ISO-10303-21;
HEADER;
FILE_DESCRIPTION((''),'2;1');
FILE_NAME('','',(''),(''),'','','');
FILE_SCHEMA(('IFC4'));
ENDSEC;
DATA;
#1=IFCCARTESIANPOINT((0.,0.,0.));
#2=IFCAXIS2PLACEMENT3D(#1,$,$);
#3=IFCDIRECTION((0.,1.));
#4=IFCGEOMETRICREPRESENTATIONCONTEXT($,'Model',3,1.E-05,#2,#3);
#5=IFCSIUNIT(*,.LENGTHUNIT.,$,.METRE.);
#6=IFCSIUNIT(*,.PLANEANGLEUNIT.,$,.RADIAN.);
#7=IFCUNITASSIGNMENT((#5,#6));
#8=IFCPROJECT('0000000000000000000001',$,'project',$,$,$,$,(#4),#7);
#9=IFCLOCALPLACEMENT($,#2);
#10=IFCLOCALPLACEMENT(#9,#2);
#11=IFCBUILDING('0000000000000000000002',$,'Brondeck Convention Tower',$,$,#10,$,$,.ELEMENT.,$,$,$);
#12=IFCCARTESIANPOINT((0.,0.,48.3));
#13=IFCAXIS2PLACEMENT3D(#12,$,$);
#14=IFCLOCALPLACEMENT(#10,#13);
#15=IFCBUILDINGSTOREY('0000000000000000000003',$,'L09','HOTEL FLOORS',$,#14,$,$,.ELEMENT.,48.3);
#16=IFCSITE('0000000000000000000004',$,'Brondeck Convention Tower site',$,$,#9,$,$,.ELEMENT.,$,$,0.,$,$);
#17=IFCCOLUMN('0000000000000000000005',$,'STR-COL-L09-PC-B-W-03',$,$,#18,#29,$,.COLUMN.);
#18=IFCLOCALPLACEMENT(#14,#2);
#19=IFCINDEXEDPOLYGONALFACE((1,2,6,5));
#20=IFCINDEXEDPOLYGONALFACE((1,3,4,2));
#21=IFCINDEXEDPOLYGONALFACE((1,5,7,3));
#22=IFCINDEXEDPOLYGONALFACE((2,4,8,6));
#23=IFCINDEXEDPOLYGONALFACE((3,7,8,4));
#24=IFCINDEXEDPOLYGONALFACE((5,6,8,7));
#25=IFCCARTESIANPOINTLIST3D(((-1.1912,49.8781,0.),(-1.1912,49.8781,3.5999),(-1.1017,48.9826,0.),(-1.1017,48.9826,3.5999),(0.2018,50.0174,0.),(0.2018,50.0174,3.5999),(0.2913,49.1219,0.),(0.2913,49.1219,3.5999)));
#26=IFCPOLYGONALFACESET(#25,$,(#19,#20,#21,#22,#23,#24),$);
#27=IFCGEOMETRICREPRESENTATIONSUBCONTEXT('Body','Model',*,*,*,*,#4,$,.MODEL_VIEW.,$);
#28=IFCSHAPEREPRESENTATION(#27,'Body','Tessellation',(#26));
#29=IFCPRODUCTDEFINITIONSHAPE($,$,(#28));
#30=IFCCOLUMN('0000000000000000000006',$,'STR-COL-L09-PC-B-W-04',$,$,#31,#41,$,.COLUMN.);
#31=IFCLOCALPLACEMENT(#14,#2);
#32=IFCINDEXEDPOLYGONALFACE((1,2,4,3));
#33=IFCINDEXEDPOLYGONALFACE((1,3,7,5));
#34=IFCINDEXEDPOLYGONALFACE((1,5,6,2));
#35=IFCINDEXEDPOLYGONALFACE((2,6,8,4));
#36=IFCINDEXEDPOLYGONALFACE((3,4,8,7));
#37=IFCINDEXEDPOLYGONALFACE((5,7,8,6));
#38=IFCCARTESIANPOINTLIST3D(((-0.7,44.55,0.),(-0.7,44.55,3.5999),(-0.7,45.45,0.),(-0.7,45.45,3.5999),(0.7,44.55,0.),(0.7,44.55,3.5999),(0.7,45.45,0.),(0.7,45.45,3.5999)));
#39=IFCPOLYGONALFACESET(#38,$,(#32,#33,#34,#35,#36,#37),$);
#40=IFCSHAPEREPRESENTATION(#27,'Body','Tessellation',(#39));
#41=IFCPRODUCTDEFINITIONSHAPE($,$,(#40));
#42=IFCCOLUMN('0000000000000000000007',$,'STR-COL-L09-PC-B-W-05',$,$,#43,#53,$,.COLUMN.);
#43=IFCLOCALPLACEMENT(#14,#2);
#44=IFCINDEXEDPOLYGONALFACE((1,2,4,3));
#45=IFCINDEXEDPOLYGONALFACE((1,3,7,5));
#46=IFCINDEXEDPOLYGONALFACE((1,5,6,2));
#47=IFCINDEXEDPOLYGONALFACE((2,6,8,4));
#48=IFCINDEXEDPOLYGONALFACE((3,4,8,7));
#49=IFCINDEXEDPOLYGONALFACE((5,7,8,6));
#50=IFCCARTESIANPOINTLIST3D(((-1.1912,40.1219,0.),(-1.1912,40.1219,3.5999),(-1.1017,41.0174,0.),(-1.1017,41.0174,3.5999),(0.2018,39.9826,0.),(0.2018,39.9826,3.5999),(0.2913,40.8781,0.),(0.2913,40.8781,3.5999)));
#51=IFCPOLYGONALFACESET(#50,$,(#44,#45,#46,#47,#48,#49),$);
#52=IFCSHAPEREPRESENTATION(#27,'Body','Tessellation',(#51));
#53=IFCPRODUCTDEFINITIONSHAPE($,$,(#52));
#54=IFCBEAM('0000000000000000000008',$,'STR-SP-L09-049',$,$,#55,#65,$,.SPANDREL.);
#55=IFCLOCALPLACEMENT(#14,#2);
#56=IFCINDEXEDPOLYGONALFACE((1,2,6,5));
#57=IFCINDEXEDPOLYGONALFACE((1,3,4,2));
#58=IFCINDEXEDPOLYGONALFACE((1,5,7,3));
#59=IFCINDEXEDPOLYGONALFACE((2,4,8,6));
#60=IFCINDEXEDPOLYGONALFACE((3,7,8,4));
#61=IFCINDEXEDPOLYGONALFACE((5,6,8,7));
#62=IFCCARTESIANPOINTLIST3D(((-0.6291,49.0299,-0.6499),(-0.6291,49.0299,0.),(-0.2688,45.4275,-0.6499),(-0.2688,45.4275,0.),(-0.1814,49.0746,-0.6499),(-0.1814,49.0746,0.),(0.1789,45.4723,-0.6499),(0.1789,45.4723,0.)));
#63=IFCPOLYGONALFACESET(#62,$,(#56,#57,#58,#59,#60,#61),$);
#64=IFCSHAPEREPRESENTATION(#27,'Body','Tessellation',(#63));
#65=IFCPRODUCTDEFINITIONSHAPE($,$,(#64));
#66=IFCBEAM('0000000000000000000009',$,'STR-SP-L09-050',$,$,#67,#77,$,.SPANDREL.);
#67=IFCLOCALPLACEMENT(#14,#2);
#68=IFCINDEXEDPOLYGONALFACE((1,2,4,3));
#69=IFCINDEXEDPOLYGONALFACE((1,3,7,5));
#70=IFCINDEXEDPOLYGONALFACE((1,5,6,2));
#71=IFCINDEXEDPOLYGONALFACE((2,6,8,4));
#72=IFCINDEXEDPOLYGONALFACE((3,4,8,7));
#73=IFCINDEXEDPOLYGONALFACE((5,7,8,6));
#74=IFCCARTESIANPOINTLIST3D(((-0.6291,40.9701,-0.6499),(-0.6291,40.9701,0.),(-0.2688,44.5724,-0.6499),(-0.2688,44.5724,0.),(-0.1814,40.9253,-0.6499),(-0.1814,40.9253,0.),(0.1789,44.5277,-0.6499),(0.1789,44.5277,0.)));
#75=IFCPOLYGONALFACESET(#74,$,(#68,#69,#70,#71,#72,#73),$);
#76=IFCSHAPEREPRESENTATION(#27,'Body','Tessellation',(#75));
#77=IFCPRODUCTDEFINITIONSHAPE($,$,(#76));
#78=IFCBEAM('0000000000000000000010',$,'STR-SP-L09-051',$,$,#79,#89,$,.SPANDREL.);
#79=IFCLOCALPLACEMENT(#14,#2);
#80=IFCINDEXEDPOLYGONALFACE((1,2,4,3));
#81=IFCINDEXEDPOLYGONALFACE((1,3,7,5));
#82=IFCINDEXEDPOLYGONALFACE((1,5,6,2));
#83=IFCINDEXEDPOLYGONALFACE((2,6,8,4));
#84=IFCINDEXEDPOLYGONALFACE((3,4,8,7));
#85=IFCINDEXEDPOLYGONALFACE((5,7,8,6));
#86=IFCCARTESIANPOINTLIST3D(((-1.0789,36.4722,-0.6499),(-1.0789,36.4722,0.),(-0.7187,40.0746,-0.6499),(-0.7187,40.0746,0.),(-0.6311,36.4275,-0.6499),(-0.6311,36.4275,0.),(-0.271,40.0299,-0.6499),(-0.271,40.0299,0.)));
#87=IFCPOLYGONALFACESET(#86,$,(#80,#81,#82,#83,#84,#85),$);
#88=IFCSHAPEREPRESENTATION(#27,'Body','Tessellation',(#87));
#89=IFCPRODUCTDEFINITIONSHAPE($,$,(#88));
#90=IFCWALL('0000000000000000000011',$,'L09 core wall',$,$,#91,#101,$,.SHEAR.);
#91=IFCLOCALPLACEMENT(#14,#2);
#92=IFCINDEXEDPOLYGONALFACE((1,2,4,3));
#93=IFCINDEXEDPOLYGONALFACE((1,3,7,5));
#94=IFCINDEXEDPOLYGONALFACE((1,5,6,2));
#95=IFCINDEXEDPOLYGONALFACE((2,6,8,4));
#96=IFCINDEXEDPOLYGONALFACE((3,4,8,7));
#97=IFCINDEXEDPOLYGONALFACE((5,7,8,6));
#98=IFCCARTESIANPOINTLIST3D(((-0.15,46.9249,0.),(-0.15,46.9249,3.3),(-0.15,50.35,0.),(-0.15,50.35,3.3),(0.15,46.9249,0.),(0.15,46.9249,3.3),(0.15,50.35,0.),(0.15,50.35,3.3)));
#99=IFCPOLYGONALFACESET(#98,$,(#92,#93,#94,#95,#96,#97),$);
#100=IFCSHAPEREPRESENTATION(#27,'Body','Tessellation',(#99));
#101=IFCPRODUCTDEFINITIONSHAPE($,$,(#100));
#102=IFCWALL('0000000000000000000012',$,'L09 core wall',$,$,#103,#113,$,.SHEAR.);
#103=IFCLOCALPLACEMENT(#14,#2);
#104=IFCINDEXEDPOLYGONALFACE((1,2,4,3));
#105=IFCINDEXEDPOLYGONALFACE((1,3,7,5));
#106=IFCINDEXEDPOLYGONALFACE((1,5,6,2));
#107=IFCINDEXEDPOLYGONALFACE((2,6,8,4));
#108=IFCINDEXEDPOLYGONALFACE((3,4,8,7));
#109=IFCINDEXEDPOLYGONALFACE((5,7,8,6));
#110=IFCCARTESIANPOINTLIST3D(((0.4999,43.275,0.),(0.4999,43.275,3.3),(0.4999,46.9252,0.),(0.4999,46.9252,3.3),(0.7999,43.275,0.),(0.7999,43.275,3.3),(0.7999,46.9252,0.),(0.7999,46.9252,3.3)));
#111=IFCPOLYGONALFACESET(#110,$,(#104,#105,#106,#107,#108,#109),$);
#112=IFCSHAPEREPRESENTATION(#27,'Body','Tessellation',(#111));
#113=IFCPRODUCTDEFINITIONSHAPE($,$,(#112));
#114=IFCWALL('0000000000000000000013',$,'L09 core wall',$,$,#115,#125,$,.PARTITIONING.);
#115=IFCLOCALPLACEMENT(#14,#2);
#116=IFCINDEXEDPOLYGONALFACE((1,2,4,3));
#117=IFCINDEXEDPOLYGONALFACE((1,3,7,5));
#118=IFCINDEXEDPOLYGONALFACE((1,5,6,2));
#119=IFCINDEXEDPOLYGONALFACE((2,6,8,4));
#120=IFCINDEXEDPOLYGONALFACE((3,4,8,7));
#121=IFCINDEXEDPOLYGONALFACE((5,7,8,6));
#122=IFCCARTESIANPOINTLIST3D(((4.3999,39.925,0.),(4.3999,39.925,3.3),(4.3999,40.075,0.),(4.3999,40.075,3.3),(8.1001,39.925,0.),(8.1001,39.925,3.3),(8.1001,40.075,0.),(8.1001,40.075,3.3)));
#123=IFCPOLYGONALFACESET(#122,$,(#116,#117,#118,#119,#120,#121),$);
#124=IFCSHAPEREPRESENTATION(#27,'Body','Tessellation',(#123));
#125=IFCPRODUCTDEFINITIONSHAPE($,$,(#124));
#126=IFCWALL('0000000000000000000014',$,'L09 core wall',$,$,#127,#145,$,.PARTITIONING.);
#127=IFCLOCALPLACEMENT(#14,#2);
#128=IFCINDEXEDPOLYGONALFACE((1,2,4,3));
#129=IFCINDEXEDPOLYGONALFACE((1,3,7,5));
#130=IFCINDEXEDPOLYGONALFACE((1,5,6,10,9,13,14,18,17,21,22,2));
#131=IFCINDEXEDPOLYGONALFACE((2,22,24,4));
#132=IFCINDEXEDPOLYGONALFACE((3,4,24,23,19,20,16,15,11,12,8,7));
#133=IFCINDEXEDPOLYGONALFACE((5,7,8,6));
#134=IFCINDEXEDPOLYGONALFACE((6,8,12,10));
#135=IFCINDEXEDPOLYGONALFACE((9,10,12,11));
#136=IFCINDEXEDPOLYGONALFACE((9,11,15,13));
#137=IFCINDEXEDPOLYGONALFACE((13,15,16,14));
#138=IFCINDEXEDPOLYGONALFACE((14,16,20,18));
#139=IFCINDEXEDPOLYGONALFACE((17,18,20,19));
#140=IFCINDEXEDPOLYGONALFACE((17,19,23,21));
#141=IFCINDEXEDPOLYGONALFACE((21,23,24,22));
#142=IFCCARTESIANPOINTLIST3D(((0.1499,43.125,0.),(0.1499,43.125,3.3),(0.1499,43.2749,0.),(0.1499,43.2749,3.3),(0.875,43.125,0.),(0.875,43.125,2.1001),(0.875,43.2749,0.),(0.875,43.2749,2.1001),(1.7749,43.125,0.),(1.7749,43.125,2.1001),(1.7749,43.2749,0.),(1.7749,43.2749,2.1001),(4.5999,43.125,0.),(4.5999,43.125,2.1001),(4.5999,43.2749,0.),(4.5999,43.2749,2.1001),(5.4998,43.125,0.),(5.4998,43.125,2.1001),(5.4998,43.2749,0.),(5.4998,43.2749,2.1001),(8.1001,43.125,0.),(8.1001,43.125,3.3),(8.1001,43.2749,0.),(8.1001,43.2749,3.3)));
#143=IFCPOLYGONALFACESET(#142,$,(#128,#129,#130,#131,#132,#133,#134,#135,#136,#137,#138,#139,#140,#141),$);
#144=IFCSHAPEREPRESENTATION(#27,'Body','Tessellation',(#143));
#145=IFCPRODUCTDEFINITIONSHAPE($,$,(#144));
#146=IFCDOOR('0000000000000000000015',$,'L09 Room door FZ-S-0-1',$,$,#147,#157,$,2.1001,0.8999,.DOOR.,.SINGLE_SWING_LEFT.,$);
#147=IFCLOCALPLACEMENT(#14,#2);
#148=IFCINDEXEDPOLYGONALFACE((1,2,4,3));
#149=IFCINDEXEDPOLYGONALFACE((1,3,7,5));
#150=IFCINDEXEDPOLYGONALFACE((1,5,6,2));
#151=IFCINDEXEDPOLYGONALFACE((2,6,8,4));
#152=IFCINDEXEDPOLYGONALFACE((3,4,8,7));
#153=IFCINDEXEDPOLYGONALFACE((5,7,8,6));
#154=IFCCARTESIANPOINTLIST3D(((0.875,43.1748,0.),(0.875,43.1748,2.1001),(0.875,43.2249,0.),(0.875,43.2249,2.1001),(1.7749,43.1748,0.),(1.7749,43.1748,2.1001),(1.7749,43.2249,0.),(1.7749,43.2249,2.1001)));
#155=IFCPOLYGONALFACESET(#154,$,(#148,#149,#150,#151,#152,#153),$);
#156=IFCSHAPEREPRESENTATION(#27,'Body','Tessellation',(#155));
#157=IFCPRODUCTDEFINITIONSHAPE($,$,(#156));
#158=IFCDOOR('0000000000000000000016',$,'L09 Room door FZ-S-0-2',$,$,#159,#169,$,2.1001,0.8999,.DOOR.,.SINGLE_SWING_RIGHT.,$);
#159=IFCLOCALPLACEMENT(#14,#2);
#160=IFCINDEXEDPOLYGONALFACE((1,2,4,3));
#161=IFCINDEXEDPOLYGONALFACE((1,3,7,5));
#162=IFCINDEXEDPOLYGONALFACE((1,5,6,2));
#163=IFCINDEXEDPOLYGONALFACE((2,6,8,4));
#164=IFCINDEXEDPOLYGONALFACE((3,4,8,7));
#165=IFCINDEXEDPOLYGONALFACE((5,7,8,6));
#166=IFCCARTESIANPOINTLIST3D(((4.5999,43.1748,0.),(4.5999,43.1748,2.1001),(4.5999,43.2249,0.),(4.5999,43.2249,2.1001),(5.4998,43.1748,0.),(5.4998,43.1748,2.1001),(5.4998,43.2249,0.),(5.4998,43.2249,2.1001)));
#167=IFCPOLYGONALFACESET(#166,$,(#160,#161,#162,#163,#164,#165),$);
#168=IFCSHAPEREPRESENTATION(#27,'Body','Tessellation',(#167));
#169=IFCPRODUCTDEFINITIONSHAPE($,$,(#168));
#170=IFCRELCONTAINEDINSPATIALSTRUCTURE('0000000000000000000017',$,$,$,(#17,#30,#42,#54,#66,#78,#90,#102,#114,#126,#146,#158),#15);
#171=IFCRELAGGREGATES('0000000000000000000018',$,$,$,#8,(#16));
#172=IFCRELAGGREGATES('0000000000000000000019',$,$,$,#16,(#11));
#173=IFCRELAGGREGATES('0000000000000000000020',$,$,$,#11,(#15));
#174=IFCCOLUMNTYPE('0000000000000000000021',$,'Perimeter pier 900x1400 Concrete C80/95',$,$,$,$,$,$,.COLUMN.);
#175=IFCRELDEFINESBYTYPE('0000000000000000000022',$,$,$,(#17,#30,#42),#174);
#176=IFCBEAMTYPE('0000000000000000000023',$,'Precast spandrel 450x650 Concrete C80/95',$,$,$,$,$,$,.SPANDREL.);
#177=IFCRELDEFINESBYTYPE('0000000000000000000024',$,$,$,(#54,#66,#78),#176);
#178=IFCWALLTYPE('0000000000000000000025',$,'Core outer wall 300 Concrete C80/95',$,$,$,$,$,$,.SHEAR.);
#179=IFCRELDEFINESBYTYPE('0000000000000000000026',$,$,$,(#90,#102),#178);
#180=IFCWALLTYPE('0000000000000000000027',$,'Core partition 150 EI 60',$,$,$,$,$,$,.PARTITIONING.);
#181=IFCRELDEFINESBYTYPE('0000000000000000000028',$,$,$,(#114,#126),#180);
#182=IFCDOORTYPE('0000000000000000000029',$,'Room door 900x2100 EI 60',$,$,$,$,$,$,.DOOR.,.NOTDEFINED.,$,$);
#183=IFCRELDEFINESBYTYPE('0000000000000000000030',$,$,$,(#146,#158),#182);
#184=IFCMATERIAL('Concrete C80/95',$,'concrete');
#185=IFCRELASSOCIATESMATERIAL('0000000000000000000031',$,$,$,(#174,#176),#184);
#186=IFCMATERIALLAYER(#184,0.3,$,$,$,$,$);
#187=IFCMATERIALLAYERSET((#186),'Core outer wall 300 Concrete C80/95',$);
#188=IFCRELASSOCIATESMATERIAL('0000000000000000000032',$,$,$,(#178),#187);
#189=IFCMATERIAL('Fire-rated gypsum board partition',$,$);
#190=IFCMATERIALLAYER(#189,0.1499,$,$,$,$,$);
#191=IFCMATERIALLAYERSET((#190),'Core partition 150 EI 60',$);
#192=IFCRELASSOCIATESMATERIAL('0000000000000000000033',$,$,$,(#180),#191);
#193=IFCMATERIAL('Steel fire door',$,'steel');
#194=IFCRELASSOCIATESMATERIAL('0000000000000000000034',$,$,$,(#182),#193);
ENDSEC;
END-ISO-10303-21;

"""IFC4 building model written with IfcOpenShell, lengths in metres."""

from ifc_helpers import new_model, si_unit, direction, frame, frame_2d, origin, origin_2d, place, context, subcontext, project, spatial, rectangle, extrude, material, layer, layer_set, material_profile, profile_set, type_object, element, fill, save


model = new_model("IFC4")

# Units and contexts
model_context = context("Model", 3, precision=1e-05, world=origin(), true_north=direction((0.0, 1.0)))
body_context = subcontext(model_context, "Body", "Model", "MODEL_VIEW")
ifc_project = project(units=[si_unit("LENGTHUNIT", "METRE"), si_unit("PLANEANGLEUNIT", "RADIAN")], contexts=[model_context])

# Site, building, storey
site_placement = place(None, origin())
site = spatial("IfcSite", under=ifc_project, at=site_placement, Name="Brondeck Convention Tower site", CompositionType="ELEMENT", RefElevation=0.0)
building_placement = place(site_placement, origin())
building = spatial("IfcBuilding", under=site, at=building_placement, Name="Brondeck Convention Tower", CompositionType="ELEMENT")
storey_placement = place(building_placement, frame((0.0, 0.0, 48.3)))
storey = spatial("IfcBuildingStorey", under=building, at=storey_placement, Name="L09", Description="HOTEL FLOORS", CompositionType="ELEMENT", Elevation=48.3)

# Columns
ifc_material_1 = material(Name="Concrete C80/95", Category="concrete")
ifc_material_profile_1 = material_profile(ifc_material_1, rectangle(XDim=0.8999, YDim=1.3999, at=origin_2d()), Name="Perimeter pier 900x1400 Concrete C80/95")
ifc_profile_set_1 = profile_set([ifc_material_profile_1], Name="Concrete C80/95")
column_type = type_object("IfcColumnType", Name="Perimeter pier 900x1400 Concrete C80/95", PredefinedType="COLUMN", material=ifc_profile_set_1)
for number, where, z_axis, x_axis, name in (
    (1, (-0.45, 49.5, 0.0), (0.0, 0.0, 1.0), (0.099504, -0.995037, 0.0), "STR-COL-L09-PC-B-W-03"),
    (2, (0.0, 45.0, 0.0), (0.0, 0.0, 1.0), (0.0, -1.0, 0.0), "STR-COL-L09-PC-B-W-04"),
    (3, (-0.45, 40.5, 0.0), (0.0, 0.0, 1.0), (-0.099504, -0.995037, 0.0), "STR-COL-L09-PC-B-W-05"),
):
    element("IfcColumn", number, at=place(storey_placement, frame(where, z_axis=z_axis, x_axis=x_axis)), inside=storey, type_object=column_type, Name=name, PredefinedType="COLUMN", context=body_context, shape_type="SweptSolid", body=[
        extrude(rectangle(XDim=0.8999, YDim=1.3999, at=origin_2d()), origin(), (0.0, 0.0, 1.0), 3.5999),
    ])

# Beams
ifc_material_profile_2 = material_profile(ifc_material_1, rectangle(XDim=0.45, YDim=0.6499, at=origin_2d()), Name="Precast spandrel 450x650 Concrete C80/95")
ifc_profile_set_2 = profile_set([ifc_material_profile_2], Name="Concrete C80/95")
beam_type = type_object("IfcBeamType", Name="Precast spandrel 450x650 Concrete C80/95", PredefinedType="SPANDREL", material=ifc_profile_set_2)
for number, where, z_axis, x_axis, name in (
    (4, (-0.4053, 49.0522, -0.325), (0.099537, -0.995034, 0.0), (0.995034, 0.099537, 0.0), "STR-SP-L09-049"),
    (5, (-0.0449, 44.55, -0.325), (-0.099537, -0.995034, 0.0), (0.995034, -0.099537, 0.0), "STR-SP-L09-050"),
    (6, (-0.4949, 40.0522, -0.325), (-0.09947, -0.995041, 0.0), (0.995041, -0.09947, 0.0), "STR-SP-L09-051"),
):
    element("IfcBeam", number, at=place(storey_placement, frame(where, z_axis=z_axis, x_axis=x_axis)), inside=storey, type_object=beam_type, Name=name, PredefinedType="SPANDREL", context=body_context, shape_type="SweptSolid", body=[
        extrude(rectangle(XDim=0.45, YDim=0.6499, at=origin_2d()), origin(), (0.0, 0.0, 1.0), 3.6204),
    ])

# Walls
ifc_layer_1 = layer(ifc_material_1, 0.3)
ifc_layer_set_1 = layer_set([ifc_layer_1], Name="Core outer wall 300 Concrete C80/95")
wall_type_1 = type_object("IfcWallType", Name="Core outer wall 300 Concrete C80/95", PredefinedType="SHEAR", material=ifc_layer_set_1)
wall_1_placement = place(storey_placement, frame((0.0, 46.925, 0.0), z_axis=(0.0, 0.0, 1.0), x_axis=(0.0, 1.0, 0.0)))
element("IfcWall", 7, at=wall_1_placement, inside=storey, type_object=wall_type_1, Name="L09 core wall", PredefinedType="SHEAR", context=body_context, shape_type="SweptSolid", body=[
    extrude(rectangle(XDim=3.425, YDim=0.3, at=frame_2d((1.7124, 0.0))), origin(), (0.0, 0.0, 1.0), 3.3),
])
wall_2_placement = place(storey_placement, frame((0.6499, 43.2749, 0.0), z_axis=(0.0, 0.0, 1.0), x_axis=(0.0, 1.0, 0.0)))
element("IfcWall", 8, at=wall_2_placement, inside=storey, type_object=wall_type_1, Name="L09 core wall", PredefinedType="SHEAR", context=body_context, shape_type="SweptSolid", body=[
    extrude(rectangle(XDim=3.6501, YDim=0.3, at=frame_2d((1.8252, 0.0))), origin(), (0.0, 0.0, 1.0), 3.3),
])
ifc_material_2 = material(Name="Fire-rated gypsum board partition")
ifc_layer_2 = layer(ifc_material_2, 0.1499)
ifc_layer_set_2 = layer_set([ifc_layer_2], Name="Core partition 150 EI 60")
wall_type_2 = type_object("IfcWallType", Name="Core partition 150 EI 60", PredefinedType="PARTITIONING", material=ifc_layer_set_2)
wall_3_placement = place(storey_placement, frame((4.3999, 40.0, 0.0), z_axis=(0.0, 0.0, 1.0), x_axis=(1.0, 0.0, 0.0)))
element("IfcWall", 9, at=wall_3_placement, inside=storey, type_object=wall_type_2, Name="L09 core wall", PredefinedType="PARTITIONING", context=body_context, shape_type="SweptSolid", body=[
    extrude(rectangle(XDim=3.7002, YDim=0.1499, at=frame_2d((1.8501, 0.0))), origin(), (0.0, 0.0, 1.0), 3.3),
])

# Wall, openings, doors
wall_4_placement = place(storey_placement, frame((0.1499, 43.2, 0.0), z_axis=(0.0, 0.0, 1.0), x_axis=(1.0, 0.0, 0.0)))
wall_4 = element("IfcWall", 10, at=wall_4_placement, inside=storey, type_object=wall_type_2, Name="L09 core wall", PredefinedType="PARTITIONING", context=body_context, shape_type="SweptSolid", body=[
    extrude(rectangle(XDim=7.9502, YDim=0.1499, at=frame_2d((3.9751, 0.0))), origin(), (0.0, 0.0, 1.0), 3.3),
])
opening_1_placement = place(wall_4_placement, frame((0.7251, 0.0, 0.0)))
opening_1 = element("IfcOpeningElement", 11, at=opening_1_placement, cuts=wall_4, PredefinedType="OPENING", context=body_context, shape_type="SweptSolid", body=[
    extrude(rectangle(XDim=0.8999, YDim=2.1001, at=frame_2d((0.45, 1.05))), frame((0.0, 0.085, 0.0), z_axis=(0.0, -1.0, 0.0), x_axis=(1.0, 0.0, 0.0)), (0.0, 0.0, 1.0), 0.1699),
])
opening_2_placement = place(wall_4_placement, frame((4.45, 0.0, 0.0)))
opening_2 = element("IfcOpeningElement", 12, at=opening_2_placement, cuts=wall_4, PredefinedType="OPENING", context=body_context, shape_type="SweptSolid", body=[
    extrude(rectangle(XDim=0.8999, YDim=2.1001, at=frame_2d((0.45, 1.05))), frame((0.0, 0.085, 0.0), z_axis=(0.0, -1.0, 0.0), x_axis=(1.0, 0.0, 0.0)), (0.0, 0.0, 1.0), 0.1699),
])
ifc_material_3 = material(Name="Steel fire door", Category="steel")
door_type = type_object("IfcDoorType", Name="Room door 900x2100 EI 60", OperationType="NOTDEFINED", PredefinedType="DOOR", material=ifc_material_3)
door_1_placement = place(opening_1_placement, origin())
door_1 = element("IfcDoor", 13, at=door_1_placement, inside=storey, type_object=door_type, Name="L09 Room door FZ-S-0-1", OperationType="SINGLE_SWING_LEFT", OverallHeight=2.1001, OverallWidth=0.8999, PredefinedType="DOOR", context=body_context, shape_type="SweptSolid", body=[
    extrude(rectangle(XDim=0.8999, YDim=2.1001, at=frame_2d((0.45, 1.05))), frame((0.0, 0.0249, 0.0), z_axis=(0.0, -1.0, 0.0), x_axis=(1.0, 0.0, 0.0)), (0.0, 0.0, 1.0), 0.05),
])
fill(opening_1, door_1)
door_2_placement = place(opening_2_placement, origin())
door_2 = element("IfcDoor", 14, at=door_2_placement, inside=storey, type_object=door_type, Name="L09 Room door FZ-S-0-2", OperationType="SINGLE_SWING_RIGHT", OverallHeight=2.1001, OverallWidth=0.8999, PredefinedType="DOOR", context=body_context, shape_type="SweptSolid", body=[
    extrude(rectangle(XDim=0.8999, YDim=2.1001, at=frame_2d((0.45, 1.05))), frame((0.0, 0.0249, 0.0), z_axis=(0.0, -1.0, 0.0), x_axis=(1.0, 0.0, 0.0)), (0.0, 0.0, 1.0), 0.05),
])
fill(opening_2, door_2)

save(model, "model.ifc")
